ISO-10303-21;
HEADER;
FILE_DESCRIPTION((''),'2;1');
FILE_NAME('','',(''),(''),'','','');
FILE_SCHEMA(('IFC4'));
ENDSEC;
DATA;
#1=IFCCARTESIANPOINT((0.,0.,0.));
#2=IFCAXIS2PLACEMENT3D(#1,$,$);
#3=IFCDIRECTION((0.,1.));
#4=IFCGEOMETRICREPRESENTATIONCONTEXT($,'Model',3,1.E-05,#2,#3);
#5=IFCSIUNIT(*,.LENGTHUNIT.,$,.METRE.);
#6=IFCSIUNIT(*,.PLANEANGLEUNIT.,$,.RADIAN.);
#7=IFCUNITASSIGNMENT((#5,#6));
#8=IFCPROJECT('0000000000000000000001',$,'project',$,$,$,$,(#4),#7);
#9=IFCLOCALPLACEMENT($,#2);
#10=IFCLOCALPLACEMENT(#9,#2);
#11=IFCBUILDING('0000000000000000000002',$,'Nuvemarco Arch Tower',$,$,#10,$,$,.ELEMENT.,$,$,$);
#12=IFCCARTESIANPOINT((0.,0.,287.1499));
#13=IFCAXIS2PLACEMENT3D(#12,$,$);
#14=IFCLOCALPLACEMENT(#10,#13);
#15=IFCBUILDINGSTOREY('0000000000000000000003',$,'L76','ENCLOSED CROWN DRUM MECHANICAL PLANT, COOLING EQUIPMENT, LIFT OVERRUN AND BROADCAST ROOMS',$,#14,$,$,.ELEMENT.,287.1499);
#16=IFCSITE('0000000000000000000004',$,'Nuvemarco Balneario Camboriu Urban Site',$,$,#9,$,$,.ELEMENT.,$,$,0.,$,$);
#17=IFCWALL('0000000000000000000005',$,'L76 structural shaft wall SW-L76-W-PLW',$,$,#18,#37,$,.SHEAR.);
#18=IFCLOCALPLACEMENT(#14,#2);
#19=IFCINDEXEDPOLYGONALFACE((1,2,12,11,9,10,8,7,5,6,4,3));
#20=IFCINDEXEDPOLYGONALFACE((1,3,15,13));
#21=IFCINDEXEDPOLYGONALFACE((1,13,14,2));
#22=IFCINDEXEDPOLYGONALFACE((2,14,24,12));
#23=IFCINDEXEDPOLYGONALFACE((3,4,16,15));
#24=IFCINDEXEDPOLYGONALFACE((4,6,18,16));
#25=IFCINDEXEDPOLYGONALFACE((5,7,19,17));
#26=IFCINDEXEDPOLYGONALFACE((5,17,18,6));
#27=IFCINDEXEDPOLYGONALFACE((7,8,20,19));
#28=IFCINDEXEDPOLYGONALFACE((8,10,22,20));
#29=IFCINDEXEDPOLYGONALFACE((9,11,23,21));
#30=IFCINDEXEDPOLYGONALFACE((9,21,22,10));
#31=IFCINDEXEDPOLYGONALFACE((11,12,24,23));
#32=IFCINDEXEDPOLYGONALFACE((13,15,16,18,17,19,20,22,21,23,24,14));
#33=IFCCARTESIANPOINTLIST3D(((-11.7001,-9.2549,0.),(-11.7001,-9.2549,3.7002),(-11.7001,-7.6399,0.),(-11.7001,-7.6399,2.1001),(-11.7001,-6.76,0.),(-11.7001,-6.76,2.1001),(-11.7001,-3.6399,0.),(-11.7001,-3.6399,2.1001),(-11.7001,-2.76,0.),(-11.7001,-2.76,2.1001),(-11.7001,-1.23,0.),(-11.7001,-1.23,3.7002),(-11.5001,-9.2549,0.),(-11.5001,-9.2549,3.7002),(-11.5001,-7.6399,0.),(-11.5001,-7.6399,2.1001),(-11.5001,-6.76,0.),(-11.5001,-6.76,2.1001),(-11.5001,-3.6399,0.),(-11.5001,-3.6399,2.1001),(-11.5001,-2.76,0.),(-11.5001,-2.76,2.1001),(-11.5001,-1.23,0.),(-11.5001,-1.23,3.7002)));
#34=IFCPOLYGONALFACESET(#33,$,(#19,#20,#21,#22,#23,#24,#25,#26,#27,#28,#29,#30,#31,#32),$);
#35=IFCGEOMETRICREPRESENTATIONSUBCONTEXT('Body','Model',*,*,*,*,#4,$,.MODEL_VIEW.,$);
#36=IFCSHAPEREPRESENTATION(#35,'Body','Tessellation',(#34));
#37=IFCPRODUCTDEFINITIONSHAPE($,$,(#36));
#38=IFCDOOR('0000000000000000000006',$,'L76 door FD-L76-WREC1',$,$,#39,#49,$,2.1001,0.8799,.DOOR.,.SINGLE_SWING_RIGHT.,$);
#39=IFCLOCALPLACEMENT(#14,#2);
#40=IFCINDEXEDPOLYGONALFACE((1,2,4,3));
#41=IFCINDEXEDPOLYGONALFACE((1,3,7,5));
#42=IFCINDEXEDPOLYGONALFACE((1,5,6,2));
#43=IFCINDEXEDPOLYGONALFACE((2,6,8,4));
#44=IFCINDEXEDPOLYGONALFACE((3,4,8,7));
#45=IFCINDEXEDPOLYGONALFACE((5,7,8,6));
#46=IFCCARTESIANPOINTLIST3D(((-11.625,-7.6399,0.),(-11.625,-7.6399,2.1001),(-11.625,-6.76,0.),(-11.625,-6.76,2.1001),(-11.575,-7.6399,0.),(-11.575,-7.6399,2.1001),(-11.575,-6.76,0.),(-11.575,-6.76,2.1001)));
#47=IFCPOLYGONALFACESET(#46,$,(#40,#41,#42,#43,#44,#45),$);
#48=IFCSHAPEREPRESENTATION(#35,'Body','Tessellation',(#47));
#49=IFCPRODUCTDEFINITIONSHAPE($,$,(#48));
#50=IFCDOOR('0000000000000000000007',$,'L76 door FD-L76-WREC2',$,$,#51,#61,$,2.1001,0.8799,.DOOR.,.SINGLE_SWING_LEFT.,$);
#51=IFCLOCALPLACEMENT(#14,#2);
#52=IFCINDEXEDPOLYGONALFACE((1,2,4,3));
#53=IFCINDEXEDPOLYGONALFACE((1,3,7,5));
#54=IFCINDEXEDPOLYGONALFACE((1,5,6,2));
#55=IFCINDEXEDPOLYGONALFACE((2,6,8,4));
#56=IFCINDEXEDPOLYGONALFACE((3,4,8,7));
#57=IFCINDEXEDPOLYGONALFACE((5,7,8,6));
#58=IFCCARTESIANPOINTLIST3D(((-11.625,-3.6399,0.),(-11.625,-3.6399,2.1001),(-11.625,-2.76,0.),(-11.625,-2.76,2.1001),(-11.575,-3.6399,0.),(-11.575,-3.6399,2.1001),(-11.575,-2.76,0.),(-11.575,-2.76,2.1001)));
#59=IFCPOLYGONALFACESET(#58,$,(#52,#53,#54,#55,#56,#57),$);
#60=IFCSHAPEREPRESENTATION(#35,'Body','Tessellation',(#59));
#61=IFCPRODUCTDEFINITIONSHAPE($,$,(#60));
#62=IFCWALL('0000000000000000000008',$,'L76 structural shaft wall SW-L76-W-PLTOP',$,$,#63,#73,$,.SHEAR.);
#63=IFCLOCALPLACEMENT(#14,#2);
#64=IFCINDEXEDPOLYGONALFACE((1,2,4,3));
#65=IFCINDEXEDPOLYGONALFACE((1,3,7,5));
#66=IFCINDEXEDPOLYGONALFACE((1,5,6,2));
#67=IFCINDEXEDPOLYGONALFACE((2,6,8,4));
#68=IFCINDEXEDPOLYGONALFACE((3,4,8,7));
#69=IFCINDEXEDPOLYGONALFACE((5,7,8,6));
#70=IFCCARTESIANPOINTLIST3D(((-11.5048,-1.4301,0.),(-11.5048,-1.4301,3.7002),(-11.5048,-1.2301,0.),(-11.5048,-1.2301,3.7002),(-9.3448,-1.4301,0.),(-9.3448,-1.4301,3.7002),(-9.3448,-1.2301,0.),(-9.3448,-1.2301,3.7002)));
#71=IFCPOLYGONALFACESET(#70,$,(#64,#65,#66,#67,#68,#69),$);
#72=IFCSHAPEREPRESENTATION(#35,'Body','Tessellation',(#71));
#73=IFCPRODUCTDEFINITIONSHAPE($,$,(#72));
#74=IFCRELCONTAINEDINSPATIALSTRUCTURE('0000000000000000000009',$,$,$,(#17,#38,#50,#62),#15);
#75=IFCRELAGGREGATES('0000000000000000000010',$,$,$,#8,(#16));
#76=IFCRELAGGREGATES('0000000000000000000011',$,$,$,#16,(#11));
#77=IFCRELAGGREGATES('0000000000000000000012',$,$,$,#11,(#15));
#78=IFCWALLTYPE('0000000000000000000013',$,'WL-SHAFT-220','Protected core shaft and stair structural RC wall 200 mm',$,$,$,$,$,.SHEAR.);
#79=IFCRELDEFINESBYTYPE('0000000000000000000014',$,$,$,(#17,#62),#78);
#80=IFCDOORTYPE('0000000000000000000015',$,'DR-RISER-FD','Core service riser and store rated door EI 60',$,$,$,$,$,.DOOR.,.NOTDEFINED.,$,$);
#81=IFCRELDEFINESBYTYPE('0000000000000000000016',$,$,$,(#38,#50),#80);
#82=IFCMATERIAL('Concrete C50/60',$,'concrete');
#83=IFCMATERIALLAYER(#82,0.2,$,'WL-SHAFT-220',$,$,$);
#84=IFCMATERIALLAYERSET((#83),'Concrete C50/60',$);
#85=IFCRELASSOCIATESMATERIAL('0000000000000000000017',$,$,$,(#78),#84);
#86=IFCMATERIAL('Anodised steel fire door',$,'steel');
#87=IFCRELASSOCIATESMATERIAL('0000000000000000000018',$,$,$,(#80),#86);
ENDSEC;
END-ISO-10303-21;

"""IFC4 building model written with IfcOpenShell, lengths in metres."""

from ifc_helpers import new_model, si_unit, direction, frame, frame_2d, origin, place, context, subcontext, project, spatial, rectangle, extrude, source, transform, mapped, material, layer, layer_set, type_object, type_shapes, element, fill, save


model = new_model("IFC4")

# Units and contexts
model_context = context("Model", 3, precision=1e-05, world=origin(), true_north=direction((0.0, 1.0)))
body_context = subcontext(model_context, "Body", "Model", "MODEL_VIEW")
ifc_project = project(units=[si_unit("LENGTHUNIT", "METRE"), si_unit("PLANEANGLEUNIT", "RADIAN")], contexts=[model_context])

# Site, building, storey
site_placement = place(None, origin())
site = spatial("IfcSite", under=ifc_project, at=site_placement, Name="Nuvemarco Balneario Camboriu Urban Site", CompositionType="ELEMENT", RefElevation=0.0)
building_placement = place(site_placement, origin())
building = spatial("IfcBuilding", under=site, at=building_placement, Name="Nuvemarco Arch Tower", CompositionType="ELEMENT")
storey_placement = place(building_placement, frame((0.0, 0.0, 287.1499)))
storey = spatial("IfcBuildingStorey", under=building, at=storey_placement, Name="L76", Description="ENCLOSED CROWN DRUM MECHANICAL PLANT, COOLING EQUIPMENT, LIFT OVERRUN AND BROADCAST ROOMS", CompositionType="ELEMENT", Elevation=287.1499)

# Shared definitions
ifc_material_1 = material(Name="Concrete C50/60", Category="concrete")

# Shared definitions
ifc_material_2 = material(Name="Anodised steel fire door", Category="steel")

# Shared definitions
ifc_layer_1 = layer(ifc_material_1, 0.2, Name="WL-SHAFT-220")
ifc_layer_set_1 = layer_set([ifc_layer_1], Name="Concrete C50/60")
wall_type_1 = type_object("IfcWallType", Name="WL-SHAFT-220", Description="Protected core shaft and stair structural RC wall 200 mm", PredefinedType="SHEAR", material=ifc_layer_set_1)

# Shared definitions
door_type_1 = type_object("IfcDoorType", Name="DR-RISER-FD", Description="Core service riser and store rated door EI 60", OperationType="NOTDEFINED", PredefinedType="DOOR", material=ifc_material_2)
shared_shape_1 = source(origin(), body_context, "Body", "SweptSolid", [
    extrude(rectangle(XDim=0.8799, YDim=2.1001, at=frame_2d((0.4399, 1.05))), frame((0.0, 0.0249, 0.0), z_axis=(0.0, -1.0, 0.0), x_axis=(1.0, 0.0, 0.0)), (0.0, 0.0, 1.0), 0.05),
])
type_shapes(door_type_1, [shared_shape_1])

# Wall, openings, doors
wall_1_placement = place(storey_placement, frame((-11.6001, -9.2549, 0.0), z_axis=(0.0, 0.0, 1.0), x_axis=(0.0, 1.0, 0.0)))
wall_1 = element("IfcWall", 1, at=wall_1_placement, inside=storey, type_object=wall_type_1, Name="L76 structural shaft wall SW-L76-W-PLW", PredefinedType="SHEAR", context=body_context, shape_type="SweptSolid", body=[
    extrude(rectangle(XDim=8.0249, YDim=0.2, at=frame_2d((4.0125, 0.0))), origin(), (0.0, 0.0, 1.0), 3.7002),
])
opening_1_placement = place(wall_1_placement, frame((1.615, 0.0, 0.0)))
opening_1 = element("IfcOpeningElement", 2, at=opening_1_placement, cuts=wall_1, PredefinedType="OPENING", context=body_context, shape_type="SweptSolid", body=[
    extrude(rectangle(XDim=0.8799, YDim=2.1001, at=frame_2d((0.4399, 1.05))), frame((0.0, 0.1099, 0.0), z_axis=(0.0, -1.0, 0.0), x_axis=(1.0, 0.0, 0.0)), (0.0, 0.0, 1.0), 0.22),
])
opening_2_placement = place(wall_1_placement, frame((5.615, 0.0, 0.0)))
opening_2 = element("IfcOpeningElement", 3, at=opening_2_placement, cuts=wall_1, PredefinedType="OPENING", context=body_context, shape_type="SweptSolid", body=[
    extrude(rectangle(XDim=0.8799, YDim=2.1001, at=frame_2d((0.4399, 1.05))), frame((0.0, 0.1099, 0.0), z_axis=(0.0, -1.0, 0.0), x_axis=(1.0, 0.0, 0.0)), (0.0, 0.0, 1.0), 0.22),
])
door_1_placement = place(opening_1_placement, origin())
door_1 = element("IfcDoor", 4, at=door_1_placement, inside=storey, type_object=door_type_1, Name="L76 door FD-L76-WREC1", OperationType="SINGLE_SWING_RIGHT", OverallHeight=2.1001, OverallWidth=0.8799, PredefinedType="DOOR", context=body_context, shape_type="MappedRepresentation", body=[
    mapped(shared_shape_1, transform((0.0, 0.0, 0.0), scale=1.0)),
])
fill(opening_1, door_1)
door_2_placement = place(opening_2_placement, origin())
door_2 = element("IfcDoor", 5, at=door_2_placement, inside=storey, type_object=door_type_1, Name="L76 door FD-L76-WREC2", OperationType="SINGLE_SWING_LEFT", OverallHeight=2.1001, OverallWidth=0.8799, PredefinedType="DOOR", context=body_context, shape_type="MappedRepresentation", body=[
    mapped(shared_shape_1, transform((0.0, 0.0, 0.0), scale=1.0)),
])
fill(opening_2, door_2)

# Wall
wall_2_placement = place(storey_placement, frame((-11.5049, -1.3301, 0.0), z_axis=(0.0, 0.0, 1.0), x_axis=(1.0, 0.0, 0.0)))
element("IfcWall", 6, at=wall_2_placement, inside=storey, type_object=wall_type_1, Name="L76 structural shaft wall SW-L76-W-PLTOP", PredefinedType="SHEAR", context=body_context, shape_type="SweptSolid", body=[
    extrude(rectangle(XDim=2.1599, YDim=0.2, at=frame_2d((1.0801, 0.0))), origin(), (0.0, 0.0, 1.0), 3.7002),
])

save(model, "model.ifc")
